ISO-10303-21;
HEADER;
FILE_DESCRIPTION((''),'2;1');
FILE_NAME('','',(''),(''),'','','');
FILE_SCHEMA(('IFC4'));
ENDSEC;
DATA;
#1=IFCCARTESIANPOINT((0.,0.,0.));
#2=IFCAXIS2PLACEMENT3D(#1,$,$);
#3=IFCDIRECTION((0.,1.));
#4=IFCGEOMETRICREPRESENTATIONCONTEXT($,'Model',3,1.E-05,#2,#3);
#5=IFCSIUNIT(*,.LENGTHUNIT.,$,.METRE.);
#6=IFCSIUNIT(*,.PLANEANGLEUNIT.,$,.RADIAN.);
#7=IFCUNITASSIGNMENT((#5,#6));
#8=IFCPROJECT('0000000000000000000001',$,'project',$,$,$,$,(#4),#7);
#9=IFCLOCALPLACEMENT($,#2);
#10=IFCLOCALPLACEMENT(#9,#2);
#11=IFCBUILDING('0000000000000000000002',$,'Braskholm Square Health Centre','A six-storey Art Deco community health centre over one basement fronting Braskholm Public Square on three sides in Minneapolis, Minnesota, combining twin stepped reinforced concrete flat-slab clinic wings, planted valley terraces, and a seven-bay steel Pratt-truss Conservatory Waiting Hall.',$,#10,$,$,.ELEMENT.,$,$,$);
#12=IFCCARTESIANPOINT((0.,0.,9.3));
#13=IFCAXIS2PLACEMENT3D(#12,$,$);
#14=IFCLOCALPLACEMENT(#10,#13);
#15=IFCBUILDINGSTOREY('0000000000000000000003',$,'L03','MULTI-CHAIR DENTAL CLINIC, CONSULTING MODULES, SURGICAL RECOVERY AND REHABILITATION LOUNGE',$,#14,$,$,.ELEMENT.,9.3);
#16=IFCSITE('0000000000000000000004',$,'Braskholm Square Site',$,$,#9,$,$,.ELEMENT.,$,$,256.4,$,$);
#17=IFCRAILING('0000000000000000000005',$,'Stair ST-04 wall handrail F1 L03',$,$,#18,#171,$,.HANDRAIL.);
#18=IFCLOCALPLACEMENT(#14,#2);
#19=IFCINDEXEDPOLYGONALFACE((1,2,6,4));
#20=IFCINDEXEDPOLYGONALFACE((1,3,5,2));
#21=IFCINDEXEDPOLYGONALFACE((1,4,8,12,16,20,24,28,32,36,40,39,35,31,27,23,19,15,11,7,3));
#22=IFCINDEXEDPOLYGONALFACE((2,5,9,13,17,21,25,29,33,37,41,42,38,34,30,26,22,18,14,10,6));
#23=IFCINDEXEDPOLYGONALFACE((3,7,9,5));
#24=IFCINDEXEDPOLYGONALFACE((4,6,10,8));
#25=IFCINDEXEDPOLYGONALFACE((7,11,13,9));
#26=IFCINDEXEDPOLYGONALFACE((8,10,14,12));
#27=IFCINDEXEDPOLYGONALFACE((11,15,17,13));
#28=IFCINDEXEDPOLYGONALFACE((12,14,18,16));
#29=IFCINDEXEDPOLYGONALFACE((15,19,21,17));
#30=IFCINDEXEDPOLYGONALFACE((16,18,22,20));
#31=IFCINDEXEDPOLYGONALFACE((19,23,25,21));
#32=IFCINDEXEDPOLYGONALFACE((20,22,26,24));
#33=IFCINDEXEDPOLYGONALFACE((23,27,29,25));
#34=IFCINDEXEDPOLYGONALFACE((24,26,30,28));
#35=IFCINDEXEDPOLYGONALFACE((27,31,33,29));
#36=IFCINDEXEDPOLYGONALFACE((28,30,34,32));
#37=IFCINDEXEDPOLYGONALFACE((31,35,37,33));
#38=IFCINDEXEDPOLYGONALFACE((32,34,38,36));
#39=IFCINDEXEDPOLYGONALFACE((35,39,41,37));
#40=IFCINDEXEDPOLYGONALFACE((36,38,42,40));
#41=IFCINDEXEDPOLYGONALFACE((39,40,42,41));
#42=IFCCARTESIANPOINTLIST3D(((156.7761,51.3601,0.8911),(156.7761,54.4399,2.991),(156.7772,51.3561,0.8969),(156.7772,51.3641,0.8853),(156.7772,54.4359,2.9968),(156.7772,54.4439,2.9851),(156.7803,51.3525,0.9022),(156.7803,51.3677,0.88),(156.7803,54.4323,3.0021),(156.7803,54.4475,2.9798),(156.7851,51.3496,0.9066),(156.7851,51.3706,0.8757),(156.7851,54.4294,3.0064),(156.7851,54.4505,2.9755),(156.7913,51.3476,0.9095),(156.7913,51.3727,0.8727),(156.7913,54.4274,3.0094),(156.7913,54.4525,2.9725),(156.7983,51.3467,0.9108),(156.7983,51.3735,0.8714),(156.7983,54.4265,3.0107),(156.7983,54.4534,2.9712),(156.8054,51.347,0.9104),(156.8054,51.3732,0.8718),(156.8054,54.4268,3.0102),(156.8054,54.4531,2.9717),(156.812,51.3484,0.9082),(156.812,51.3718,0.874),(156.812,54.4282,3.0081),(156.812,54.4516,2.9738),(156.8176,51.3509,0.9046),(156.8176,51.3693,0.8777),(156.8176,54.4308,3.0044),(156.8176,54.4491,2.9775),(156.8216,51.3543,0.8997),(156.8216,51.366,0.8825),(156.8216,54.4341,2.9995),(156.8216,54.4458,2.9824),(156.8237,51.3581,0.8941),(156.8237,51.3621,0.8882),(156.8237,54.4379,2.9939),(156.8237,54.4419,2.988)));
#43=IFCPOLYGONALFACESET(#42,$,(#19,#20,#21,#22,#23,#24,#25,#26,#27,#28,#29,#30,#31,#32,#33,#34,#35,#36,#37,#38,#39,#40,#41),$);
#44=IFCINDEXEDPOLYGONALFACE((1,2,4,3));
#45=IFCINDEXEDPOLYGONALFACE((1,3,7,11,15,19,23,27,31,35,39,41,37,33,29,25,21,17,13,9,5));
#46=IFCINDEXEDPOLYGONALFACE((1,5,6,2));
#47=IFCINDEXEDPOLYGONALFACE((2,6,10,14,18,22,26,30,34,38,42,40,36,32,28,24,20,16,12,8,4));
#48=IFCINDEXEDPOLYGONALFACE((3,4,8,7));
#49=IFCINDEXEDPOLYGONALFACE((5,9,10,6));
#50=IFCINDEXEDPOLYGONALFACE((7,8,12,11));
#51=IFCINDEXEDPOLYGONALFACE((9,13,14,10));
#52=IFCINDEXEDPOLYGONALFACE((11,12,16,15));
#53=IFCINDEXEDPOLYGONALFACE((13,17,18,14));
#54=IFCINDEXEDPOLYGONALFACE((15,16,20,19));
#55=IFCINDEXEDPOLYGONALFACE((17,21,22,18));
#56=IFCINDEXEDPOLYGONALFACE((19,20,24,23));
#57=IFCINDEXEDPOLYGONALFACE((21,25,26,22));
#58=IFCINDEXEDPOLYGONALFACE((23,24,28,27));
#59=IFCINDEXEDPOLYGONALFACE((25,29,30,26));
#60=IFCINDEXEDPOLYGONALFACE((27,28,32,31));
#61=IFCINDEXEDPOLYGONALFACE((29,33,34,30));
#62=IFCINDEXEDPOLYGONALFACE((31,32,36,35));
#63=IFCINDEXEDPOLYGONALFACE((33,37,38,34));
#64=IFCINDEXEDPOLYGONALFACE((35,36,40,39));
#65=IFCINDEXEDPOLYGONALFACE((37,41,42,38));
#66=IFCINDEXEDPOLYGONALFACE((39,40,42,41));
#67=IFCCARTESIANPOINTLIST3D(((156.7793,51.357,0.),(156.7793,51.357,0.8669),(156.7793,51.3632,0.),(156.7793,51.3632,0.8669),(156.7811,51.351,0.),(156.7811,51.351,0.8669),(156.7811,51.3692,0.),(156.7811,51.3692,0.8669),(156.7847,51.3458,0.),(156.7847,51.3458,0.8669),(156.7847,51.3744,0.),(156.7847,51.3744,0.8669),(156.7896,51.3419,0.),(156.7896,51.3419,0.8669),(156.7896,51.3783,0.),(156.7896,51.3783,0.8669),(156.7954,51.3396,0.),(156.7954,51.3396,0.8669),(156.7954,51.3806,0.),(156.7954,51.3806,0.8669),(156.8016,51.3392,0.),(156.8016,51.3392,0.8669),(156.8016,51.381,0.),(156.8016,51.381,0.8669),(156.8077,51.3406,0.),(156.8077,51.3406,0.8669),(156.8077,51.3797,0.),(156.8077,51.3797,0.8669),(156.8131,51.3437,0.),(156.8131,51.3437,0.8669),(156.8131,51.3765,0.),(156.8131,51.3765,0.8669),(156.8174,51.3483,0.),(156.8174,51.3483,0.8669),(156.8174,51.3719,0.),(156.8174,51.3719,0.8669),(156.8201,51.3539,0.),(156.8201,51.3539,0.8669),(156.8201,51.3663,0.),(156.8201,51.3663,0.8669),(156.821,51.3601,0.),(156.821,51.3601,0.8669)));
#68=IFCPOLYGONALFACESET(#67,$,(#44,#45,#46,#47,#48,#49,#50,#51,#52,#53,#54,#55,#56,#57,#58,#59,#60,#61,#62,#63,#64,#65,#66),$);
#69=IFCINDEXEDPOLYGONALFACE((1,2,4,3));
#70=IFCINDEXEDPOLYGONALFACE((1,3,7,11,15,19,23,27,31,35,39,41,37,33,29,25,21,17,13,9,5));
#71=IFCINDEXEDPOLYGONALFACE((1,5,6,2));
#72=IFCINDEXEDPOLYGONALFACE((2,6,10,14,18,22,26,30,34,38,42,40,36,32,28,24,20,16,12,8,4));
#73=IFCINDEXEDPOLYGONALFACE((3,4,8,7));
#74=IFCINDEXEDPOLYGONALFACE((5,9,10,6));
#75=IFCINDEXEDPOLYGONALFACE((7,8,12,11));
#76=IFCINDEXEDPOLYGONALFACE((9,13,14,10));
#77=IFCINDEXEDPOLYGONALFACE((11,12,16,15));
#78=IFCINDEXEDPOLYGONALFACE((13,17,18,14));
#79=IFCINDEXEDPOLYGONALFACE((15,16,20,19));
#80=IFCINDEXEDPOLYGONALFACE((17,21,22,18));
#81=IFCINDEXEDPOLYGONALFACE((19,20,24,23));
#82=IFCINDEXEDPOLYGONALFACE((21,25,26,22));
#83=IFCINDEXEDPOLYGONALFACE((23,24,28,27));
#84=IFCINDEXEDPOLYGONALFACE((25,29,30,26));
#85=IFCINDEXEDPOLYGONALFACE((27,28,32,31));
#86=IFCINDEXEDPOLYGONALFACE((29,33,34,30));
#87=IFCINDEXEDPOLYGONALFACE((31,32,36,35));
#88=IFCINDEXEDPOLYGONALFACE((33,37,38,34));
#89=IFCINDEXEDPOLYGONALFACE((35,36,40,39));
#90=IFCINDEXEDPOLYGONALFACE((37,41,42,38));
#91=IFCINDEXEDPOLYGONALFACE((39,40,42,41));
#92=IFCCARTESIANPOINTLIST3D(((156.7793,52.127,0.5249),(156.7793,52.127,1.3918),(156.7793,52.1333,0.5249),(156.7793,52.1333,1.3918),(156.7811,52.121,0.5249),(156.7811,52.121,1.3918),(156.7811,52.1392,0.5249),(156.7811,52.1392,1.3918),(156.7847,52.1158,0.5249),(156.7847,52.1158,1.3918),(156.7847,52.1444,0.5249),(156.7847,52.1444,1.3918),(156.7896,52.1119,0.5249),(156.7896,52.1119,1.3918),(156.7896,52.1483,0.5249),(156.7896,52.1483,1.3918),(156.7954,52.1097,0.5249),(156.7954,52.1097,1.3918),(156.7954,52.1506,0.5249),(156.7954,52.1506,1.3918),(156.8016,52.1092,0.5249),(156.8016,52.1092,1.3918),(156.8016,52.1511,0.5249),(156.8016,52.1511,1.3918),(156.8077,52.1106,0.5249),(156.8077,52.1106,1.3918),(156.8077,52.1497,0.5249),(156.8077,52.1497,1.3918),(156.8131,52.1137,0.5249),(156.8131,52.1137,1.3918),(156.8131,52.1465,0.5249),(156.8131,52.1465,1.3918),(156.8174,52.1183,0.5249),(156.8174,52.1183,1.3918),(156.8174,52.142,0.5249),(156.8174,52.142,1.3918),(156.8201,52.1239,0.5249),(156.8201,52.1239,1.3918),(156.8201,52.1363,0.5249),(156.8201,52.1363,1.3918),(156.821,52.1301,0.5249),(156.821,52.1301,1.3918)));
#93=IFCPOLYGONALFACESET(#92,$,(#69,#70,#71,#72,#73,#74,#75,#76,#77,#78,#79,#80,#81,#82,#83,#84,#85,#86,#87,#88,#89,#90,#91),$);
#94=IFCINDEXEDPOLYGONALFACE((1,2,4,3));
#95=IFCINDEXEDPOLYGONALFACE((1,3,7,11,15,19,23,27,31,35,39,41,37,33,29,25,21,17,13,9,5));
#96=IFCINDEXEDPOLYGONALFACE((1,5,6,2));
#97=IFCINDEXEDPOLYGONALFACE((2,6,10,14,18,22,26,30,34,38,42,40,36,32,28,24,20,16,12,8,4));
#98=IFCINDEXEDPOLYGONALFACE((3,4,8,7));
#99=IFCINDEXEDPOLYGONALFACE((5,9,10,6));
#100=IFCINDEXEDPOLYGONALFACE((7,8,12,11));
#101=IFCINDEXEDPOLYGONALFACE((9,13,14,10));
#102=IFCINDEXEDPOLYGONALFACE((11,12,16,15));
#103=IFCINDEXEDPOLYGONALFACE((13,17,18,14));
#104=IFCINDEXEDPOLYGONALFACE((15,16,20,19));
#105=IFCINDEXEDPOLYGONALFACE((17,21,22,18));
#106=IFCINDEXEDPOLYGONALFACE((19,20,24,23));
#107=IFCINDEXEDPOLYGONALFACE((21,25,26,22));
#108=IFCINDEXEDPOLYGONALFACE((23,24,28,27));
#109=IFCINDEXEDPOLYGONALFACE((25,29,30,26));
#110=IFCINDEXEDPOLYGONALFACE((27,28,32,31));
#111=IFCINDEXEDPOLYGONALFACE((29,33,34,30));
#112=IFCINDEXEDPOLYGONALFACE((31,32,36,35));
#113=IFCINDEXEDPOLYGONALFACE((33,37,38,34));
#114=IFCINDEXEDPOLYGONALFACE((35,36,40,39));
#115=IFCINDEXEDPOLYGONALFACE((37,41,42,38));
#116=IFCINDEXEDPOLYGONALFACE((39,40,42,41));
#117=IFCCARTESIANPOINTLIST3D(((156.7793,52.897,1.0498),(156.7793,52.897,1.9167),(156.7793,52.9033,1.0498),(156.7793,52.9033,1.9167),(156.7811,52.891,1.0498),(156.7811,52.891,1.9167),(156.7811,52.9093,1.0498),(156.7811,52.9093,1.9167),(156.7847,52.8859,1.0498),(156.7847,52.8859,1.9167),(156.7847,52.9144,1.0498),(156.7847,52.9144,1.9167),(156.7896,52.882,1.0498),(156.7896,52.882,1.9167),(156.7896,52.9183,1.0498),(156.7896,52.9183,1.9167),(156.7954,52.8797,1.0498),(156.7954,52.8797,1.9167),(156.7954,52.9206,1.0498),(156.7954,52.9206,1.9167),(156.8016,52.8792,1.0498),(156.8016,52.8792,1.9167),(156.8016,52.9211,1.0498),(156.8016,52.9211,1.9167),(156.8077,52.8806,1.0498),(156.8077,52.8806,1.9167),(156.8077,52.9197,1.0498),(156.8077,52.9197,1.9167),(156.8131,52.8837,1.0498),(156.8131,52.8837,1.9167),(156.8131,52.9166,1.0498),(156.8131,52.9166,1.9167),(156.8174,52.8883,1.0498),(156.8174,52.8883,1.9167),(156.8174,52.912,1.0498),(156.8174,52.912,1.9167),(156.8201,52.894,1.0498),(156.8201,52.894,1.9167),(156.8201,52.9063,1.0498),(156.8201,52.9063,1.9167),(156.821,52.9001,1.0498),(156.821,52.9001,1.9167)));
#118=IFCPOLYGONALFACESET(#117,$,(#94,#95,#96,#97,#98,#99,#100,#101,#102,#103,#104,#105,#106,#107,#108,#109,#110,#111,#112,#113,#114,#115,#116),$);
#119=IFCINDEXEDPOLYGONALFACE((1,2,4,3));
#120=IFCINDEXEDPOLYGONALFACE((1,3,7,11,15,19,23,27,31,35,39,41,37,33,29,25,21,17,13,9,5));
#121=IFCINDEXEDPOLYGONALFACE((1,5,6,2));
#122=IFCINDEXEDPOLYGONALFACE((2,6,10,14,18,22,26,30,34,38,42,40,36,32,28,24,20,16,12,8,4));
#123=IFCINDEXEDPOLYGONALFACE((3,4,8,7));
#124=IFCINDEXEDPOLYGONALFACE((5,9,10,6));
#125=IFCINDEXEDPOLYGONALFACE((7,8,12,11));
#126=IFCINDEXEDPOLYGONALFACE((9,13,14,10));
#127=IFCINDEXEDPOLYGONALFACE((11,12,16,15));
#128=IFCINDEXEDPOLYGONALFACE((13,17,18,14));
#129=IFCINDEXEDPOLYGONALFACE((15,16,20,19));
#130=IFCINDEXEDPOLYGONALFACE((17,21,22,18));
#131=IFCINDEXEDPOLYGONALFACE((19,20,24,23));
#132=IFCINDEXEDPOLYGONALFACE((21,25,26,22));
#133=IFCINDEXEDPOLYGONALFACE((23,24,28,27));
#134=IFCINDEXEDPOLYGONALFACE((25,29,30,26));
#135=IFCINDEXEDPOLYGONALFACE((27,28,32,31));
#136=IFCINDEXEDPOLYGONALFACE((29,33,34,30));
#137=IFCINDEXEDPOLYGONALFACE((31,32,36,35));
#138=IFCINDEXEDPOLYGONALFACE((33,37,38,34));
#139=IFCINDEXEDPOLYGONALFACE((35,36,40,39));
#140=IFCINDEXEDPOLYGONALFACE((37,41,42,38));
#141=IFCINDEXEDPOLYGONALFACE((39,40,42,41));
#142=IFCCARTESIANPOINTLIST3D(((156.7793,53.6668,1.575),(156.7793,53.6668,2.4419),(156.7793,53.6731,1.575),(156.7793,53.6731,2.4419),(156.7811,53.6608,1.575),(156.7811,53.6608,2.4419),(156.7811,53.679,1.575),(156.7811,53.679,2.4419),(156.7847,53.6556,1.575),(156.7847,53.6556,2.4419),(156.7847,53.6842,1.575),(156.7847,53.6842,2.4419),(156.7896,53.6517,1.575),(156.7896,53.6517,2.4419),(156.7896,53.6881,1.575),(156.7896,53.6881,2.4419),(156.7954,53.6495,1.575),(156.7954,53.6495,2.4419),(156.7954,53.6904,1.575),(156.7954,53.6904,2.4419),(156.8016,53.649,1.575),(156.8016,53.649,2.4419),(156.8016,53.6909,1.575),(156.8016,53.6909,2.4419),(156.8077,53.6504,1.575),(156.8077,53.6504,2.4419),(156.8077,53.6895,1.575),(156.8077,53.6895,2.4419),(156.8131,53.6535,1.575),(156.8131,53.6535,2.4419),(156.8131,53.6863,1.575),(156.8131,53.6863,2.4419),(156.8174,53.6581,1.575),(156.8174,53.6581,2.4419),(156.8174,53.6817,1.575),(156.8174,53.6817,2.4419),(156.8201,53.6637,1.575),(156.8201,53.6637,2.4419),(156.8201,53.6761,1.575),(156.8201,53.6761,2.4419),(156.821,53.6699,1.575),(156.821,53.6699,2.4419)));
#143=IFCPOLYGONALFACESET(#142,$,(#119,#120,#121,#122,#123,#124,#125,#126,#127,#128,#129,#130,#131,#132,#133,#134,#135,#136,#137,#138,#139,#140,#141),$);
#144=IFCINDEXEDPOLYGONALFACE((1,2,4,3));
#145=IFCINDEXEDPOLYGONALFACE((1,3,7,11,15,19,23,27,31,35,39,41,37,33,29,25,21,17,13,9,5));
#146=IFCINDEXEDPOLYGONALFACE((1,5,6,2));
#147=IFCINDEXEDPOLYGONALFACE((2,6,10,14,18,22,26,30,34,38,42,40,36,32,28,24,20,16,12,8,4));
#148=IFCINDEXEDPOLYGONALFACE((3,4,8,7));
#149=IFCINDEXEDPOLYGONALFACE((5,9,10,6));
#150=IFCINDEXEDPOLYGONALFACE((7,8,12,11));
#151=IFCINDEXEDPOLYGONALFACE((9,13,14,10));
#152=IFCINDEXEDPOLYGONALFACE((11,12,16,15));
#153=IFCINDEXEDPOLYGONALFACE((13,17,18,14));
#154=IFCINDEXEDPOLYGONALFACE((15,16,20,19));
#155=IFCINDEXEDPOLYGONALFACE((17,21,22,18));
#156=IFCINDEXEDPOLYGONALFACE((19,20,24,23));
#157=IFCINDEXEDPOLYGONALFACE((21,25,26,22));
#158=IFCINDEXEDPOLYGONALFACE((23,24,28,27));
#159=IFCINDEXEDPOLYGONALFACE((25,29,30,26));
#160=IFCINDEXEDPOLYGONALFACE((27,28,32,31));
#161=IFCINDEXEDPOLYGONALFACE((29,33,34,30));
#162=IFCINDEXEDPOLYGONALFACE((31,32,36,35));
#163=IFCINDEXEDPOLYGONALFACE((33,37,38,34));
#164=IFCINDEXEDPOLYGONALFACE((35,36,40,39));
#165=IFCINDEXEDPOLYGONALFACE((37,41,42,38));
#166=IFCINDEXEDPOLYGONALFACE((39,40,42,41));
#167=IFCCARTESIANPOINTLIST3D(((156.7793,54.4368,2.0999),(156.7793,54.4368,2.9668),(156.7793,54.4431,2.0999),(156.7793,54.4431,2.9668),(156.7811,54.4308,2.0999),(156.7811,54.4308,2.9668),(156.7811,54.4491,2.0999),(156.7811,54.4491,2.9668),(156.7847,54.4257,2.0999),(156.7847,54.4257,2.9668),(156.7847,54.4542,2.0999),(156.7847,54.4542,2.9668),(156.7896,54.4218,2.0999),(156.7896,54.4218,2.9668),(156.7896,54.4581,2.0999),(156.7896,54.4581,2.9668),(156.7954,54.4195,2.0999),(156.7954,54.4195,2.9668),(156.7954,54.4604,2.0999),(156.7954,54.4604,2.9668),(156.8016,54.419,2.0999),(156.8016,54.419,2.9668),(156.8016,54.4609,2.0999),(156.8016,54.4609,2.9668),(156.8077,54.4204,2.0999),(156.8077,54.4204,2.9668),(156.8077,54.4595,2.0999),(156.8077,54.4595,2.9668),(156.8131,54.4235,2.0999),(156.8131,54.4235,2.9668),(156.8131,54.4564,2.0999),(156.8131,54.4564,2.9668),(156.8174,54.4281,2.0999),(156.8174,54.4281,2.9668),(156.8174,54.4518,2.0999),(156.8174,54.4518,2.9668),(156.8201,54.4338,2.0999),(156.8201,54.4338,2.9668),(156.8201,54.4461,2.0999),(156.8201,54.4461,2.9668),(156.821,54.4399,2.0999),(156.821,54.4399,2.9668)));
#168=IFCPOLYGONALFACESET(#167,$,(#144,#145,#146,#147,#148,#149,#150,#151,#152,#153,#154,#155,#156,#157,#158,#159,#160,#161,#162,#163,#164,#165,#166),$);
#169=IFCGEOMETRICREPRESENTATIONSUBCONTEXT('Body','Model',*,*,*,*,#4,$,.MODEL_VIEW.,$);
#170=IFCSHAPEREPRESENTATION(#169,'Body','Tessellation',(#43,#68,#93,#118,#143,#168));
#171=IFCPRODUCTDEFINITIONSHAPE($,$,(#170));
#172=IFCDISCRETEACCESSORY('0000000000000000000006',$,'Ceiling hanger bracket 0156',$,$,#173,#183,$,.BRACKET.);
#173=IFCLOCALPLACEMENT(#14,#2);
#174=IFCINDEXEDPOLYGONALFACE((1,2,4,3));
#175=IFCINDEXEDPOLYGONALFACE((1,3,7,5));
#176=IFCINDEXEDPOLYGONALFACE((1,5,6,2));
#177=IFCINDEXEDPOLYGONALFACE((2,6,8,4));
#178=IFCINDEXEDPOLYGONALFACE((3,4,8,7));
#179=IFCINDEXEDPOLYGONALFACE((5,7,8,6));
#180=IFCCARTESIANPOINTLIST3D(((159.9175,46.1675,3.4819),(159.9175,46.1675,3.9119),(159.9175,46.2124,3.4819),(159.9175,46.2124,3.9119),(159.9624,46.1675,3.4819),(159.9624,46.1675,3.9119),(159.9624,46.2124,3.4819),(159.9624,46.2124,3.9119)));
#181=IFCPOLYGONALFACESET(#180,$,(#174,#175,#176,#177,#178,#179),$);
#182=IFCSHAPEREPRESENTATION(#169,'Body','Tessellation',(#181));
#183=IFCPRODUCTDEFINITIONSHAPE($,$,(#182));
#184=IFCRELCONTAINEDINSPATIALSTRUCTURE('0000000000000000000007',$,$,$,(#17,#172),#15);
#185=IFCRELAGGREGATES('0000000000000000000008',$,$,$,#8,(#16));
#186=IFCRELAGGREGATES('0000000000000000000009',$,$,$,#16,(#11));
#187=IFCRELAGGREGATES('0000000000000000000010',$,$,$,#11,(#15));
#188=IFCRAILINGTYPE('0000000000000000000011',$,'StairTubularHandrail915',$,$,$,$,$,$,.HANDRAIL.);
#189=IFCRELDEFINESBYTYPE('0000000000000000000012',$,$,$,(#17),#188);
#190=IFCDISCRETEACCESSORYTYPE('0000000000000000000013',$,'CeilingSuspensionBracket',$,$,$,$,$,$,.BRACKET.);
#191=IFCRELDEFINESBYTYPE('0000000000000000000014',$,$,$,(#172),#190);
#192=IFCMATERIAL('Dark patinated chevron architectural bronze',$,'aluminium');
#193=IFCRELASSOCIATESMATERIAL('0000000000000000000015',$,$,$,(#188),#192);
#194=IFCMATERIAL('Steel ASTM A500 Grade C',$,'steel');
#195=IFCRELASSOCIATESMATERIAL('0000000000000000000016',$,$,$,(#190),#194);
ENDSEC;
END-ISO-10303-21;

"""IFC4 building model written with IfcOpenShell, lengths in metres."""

from ifc_helpers import new_model, si_unit, direction, frame, origin, origin_2d, place, context, subcontext, project, spatial, rectangle, circle, extrude, material, type_object, element, save


model = new_model("IFC4")

# Units and contexts
model_context = context("Model", 3, precision=1e-05, world=origin(), true_north=direction((0.0, 1.0)))
body_context = subcontext(model_context, "Body", "Model", "MODEL_VIEW")
ifc_project = project(units=[si_unit("LENGTHUNIT", "METRE"), si_unit("PLANEANGLEUNIT", "RADIAN")], contexts=[model_context])

# Site, building, storey
site_placement = place(None, origin())
site = spatial("IfcSite", under=ifc_project, at=site_placement, Name="Braskholm Square Site", CompositionType="ELEMENT", RefElevation=256.4)
building_placement = place(site_placement, origin())
building = spatial("IfcBuilding", under=site, at=building_placement, Name="Braskholm Square Health Centre", Description="A six-storey Art Deco community health centre over one basement fronting Braskholm Public Square on three sides in Minneapolis, Minnesota, combining twin stepped reinforced concrete flat-slab clinic wings, planted valley terraces, and a seven-bay steel Pratt-truss Conservatory Waiting Hall.", CompositionType="ELEMENT")
storey_placement = place(building_placement, frame((0.0, 0.0, 9.3)))
storey = spatial("IfcBuildingStorey", under=building, at=storey_placement, Name="L03", Description="MULTI-CHAIR DENTAL CLINIC, CONSULTING MODULES, SURGICAL RECOVERY AND REHABILITATION LOUNGE", CompositionType="ELEMENT", Elevation=9.3)

# Shared definitions
ifc_material_1 = material(Name="Dark patinated chevron architectural bronze", Category="aluminium")

# Railing
railing_type_1 = type_object("IfcRailingType", Name="StairTubularHandrail915", PredefinedType="HANDRAIL", material=ifc_material_1)
railing_1_placement = place(storey_placement, frame((156.8, 51.3601, 0.0)))
element("IfcRailing", 1, at=railing_1_placement, inside=storey, type_object=railing_type_1, Name="Stair ST-04 wall handrail F1 L03", PredefinedType="HANDRAIL", context=body_context, shape_type="SweptSolid", body=[
    extrude(circle(Radius=0.0239, at=origin_2d()), frame((0.0, 0.0, 0.8911), z_axis=(0.0, 0.826231, 0.563331), x_axis=(-1.0, 0.0, 0.0)), (0.0, 0.0, 1.0), 3.7275),
    extrude(circle(Radius=0.021, at=origin_2d()), origin(), (0.0, 0.0, 1.0), 0.8669),
    extrude(circle(Radius=0.021, at=origin_2d()), frame((0.0, 0.77, 0.5249)), (0.0, 0.0, 1.0), 0.8669),
    extrude(circle(Radius=0.021, at=origin_2d()), frame((0.0, 1.54, 1.0498)), (0.0, 0.0, 1.0), 0.8669),
    extrude(circle(Radius=0.021, at=origin_2d()), frame((0.0, 2.3098, 1.575)), (0.0, 0.0, 1.0), 0.8669),
    extrude(circle(Radius=0.021, at=origin_2d()), frame((0.0, 3.0798, 2.0999)), (0.0, 0.0, 1.0), 0.8669),
])

# Discrete accessory
ifc_material_2 = material(Name="Steel ASTM A500 Grade C", Category="steel")
discrete_accessory_type = type_object("IfcDiscreteAccessoryType", Name="CeilingSuspensionBracket", PredefinedType="BRACKET", material=ifc_material_2)
discrete_accessory_placement = place(storey_placement, frame((159.9399, 46.1899, 3.4819), z_axis=(0.0, 0.0, 1.0), x_axis=(1.0, 0.0, 0.0)))
element("IfcDiscreteAccessory", 2, at=discrete_accessory_placement, inside=storey, type_object=discrete_accessory_type, Name="Ceiling hanger bracket 0156", PredefinedType="BRACKET", context=body_context, shape_type="SweptSolid", body=[
    extrude(rectangle(XDim=0.0449, YDim=0.0449, at=origin_2d()), origin(), (0.0, 0.0, 1.0), 0.4299),
])

save(model, "model.ifc")
